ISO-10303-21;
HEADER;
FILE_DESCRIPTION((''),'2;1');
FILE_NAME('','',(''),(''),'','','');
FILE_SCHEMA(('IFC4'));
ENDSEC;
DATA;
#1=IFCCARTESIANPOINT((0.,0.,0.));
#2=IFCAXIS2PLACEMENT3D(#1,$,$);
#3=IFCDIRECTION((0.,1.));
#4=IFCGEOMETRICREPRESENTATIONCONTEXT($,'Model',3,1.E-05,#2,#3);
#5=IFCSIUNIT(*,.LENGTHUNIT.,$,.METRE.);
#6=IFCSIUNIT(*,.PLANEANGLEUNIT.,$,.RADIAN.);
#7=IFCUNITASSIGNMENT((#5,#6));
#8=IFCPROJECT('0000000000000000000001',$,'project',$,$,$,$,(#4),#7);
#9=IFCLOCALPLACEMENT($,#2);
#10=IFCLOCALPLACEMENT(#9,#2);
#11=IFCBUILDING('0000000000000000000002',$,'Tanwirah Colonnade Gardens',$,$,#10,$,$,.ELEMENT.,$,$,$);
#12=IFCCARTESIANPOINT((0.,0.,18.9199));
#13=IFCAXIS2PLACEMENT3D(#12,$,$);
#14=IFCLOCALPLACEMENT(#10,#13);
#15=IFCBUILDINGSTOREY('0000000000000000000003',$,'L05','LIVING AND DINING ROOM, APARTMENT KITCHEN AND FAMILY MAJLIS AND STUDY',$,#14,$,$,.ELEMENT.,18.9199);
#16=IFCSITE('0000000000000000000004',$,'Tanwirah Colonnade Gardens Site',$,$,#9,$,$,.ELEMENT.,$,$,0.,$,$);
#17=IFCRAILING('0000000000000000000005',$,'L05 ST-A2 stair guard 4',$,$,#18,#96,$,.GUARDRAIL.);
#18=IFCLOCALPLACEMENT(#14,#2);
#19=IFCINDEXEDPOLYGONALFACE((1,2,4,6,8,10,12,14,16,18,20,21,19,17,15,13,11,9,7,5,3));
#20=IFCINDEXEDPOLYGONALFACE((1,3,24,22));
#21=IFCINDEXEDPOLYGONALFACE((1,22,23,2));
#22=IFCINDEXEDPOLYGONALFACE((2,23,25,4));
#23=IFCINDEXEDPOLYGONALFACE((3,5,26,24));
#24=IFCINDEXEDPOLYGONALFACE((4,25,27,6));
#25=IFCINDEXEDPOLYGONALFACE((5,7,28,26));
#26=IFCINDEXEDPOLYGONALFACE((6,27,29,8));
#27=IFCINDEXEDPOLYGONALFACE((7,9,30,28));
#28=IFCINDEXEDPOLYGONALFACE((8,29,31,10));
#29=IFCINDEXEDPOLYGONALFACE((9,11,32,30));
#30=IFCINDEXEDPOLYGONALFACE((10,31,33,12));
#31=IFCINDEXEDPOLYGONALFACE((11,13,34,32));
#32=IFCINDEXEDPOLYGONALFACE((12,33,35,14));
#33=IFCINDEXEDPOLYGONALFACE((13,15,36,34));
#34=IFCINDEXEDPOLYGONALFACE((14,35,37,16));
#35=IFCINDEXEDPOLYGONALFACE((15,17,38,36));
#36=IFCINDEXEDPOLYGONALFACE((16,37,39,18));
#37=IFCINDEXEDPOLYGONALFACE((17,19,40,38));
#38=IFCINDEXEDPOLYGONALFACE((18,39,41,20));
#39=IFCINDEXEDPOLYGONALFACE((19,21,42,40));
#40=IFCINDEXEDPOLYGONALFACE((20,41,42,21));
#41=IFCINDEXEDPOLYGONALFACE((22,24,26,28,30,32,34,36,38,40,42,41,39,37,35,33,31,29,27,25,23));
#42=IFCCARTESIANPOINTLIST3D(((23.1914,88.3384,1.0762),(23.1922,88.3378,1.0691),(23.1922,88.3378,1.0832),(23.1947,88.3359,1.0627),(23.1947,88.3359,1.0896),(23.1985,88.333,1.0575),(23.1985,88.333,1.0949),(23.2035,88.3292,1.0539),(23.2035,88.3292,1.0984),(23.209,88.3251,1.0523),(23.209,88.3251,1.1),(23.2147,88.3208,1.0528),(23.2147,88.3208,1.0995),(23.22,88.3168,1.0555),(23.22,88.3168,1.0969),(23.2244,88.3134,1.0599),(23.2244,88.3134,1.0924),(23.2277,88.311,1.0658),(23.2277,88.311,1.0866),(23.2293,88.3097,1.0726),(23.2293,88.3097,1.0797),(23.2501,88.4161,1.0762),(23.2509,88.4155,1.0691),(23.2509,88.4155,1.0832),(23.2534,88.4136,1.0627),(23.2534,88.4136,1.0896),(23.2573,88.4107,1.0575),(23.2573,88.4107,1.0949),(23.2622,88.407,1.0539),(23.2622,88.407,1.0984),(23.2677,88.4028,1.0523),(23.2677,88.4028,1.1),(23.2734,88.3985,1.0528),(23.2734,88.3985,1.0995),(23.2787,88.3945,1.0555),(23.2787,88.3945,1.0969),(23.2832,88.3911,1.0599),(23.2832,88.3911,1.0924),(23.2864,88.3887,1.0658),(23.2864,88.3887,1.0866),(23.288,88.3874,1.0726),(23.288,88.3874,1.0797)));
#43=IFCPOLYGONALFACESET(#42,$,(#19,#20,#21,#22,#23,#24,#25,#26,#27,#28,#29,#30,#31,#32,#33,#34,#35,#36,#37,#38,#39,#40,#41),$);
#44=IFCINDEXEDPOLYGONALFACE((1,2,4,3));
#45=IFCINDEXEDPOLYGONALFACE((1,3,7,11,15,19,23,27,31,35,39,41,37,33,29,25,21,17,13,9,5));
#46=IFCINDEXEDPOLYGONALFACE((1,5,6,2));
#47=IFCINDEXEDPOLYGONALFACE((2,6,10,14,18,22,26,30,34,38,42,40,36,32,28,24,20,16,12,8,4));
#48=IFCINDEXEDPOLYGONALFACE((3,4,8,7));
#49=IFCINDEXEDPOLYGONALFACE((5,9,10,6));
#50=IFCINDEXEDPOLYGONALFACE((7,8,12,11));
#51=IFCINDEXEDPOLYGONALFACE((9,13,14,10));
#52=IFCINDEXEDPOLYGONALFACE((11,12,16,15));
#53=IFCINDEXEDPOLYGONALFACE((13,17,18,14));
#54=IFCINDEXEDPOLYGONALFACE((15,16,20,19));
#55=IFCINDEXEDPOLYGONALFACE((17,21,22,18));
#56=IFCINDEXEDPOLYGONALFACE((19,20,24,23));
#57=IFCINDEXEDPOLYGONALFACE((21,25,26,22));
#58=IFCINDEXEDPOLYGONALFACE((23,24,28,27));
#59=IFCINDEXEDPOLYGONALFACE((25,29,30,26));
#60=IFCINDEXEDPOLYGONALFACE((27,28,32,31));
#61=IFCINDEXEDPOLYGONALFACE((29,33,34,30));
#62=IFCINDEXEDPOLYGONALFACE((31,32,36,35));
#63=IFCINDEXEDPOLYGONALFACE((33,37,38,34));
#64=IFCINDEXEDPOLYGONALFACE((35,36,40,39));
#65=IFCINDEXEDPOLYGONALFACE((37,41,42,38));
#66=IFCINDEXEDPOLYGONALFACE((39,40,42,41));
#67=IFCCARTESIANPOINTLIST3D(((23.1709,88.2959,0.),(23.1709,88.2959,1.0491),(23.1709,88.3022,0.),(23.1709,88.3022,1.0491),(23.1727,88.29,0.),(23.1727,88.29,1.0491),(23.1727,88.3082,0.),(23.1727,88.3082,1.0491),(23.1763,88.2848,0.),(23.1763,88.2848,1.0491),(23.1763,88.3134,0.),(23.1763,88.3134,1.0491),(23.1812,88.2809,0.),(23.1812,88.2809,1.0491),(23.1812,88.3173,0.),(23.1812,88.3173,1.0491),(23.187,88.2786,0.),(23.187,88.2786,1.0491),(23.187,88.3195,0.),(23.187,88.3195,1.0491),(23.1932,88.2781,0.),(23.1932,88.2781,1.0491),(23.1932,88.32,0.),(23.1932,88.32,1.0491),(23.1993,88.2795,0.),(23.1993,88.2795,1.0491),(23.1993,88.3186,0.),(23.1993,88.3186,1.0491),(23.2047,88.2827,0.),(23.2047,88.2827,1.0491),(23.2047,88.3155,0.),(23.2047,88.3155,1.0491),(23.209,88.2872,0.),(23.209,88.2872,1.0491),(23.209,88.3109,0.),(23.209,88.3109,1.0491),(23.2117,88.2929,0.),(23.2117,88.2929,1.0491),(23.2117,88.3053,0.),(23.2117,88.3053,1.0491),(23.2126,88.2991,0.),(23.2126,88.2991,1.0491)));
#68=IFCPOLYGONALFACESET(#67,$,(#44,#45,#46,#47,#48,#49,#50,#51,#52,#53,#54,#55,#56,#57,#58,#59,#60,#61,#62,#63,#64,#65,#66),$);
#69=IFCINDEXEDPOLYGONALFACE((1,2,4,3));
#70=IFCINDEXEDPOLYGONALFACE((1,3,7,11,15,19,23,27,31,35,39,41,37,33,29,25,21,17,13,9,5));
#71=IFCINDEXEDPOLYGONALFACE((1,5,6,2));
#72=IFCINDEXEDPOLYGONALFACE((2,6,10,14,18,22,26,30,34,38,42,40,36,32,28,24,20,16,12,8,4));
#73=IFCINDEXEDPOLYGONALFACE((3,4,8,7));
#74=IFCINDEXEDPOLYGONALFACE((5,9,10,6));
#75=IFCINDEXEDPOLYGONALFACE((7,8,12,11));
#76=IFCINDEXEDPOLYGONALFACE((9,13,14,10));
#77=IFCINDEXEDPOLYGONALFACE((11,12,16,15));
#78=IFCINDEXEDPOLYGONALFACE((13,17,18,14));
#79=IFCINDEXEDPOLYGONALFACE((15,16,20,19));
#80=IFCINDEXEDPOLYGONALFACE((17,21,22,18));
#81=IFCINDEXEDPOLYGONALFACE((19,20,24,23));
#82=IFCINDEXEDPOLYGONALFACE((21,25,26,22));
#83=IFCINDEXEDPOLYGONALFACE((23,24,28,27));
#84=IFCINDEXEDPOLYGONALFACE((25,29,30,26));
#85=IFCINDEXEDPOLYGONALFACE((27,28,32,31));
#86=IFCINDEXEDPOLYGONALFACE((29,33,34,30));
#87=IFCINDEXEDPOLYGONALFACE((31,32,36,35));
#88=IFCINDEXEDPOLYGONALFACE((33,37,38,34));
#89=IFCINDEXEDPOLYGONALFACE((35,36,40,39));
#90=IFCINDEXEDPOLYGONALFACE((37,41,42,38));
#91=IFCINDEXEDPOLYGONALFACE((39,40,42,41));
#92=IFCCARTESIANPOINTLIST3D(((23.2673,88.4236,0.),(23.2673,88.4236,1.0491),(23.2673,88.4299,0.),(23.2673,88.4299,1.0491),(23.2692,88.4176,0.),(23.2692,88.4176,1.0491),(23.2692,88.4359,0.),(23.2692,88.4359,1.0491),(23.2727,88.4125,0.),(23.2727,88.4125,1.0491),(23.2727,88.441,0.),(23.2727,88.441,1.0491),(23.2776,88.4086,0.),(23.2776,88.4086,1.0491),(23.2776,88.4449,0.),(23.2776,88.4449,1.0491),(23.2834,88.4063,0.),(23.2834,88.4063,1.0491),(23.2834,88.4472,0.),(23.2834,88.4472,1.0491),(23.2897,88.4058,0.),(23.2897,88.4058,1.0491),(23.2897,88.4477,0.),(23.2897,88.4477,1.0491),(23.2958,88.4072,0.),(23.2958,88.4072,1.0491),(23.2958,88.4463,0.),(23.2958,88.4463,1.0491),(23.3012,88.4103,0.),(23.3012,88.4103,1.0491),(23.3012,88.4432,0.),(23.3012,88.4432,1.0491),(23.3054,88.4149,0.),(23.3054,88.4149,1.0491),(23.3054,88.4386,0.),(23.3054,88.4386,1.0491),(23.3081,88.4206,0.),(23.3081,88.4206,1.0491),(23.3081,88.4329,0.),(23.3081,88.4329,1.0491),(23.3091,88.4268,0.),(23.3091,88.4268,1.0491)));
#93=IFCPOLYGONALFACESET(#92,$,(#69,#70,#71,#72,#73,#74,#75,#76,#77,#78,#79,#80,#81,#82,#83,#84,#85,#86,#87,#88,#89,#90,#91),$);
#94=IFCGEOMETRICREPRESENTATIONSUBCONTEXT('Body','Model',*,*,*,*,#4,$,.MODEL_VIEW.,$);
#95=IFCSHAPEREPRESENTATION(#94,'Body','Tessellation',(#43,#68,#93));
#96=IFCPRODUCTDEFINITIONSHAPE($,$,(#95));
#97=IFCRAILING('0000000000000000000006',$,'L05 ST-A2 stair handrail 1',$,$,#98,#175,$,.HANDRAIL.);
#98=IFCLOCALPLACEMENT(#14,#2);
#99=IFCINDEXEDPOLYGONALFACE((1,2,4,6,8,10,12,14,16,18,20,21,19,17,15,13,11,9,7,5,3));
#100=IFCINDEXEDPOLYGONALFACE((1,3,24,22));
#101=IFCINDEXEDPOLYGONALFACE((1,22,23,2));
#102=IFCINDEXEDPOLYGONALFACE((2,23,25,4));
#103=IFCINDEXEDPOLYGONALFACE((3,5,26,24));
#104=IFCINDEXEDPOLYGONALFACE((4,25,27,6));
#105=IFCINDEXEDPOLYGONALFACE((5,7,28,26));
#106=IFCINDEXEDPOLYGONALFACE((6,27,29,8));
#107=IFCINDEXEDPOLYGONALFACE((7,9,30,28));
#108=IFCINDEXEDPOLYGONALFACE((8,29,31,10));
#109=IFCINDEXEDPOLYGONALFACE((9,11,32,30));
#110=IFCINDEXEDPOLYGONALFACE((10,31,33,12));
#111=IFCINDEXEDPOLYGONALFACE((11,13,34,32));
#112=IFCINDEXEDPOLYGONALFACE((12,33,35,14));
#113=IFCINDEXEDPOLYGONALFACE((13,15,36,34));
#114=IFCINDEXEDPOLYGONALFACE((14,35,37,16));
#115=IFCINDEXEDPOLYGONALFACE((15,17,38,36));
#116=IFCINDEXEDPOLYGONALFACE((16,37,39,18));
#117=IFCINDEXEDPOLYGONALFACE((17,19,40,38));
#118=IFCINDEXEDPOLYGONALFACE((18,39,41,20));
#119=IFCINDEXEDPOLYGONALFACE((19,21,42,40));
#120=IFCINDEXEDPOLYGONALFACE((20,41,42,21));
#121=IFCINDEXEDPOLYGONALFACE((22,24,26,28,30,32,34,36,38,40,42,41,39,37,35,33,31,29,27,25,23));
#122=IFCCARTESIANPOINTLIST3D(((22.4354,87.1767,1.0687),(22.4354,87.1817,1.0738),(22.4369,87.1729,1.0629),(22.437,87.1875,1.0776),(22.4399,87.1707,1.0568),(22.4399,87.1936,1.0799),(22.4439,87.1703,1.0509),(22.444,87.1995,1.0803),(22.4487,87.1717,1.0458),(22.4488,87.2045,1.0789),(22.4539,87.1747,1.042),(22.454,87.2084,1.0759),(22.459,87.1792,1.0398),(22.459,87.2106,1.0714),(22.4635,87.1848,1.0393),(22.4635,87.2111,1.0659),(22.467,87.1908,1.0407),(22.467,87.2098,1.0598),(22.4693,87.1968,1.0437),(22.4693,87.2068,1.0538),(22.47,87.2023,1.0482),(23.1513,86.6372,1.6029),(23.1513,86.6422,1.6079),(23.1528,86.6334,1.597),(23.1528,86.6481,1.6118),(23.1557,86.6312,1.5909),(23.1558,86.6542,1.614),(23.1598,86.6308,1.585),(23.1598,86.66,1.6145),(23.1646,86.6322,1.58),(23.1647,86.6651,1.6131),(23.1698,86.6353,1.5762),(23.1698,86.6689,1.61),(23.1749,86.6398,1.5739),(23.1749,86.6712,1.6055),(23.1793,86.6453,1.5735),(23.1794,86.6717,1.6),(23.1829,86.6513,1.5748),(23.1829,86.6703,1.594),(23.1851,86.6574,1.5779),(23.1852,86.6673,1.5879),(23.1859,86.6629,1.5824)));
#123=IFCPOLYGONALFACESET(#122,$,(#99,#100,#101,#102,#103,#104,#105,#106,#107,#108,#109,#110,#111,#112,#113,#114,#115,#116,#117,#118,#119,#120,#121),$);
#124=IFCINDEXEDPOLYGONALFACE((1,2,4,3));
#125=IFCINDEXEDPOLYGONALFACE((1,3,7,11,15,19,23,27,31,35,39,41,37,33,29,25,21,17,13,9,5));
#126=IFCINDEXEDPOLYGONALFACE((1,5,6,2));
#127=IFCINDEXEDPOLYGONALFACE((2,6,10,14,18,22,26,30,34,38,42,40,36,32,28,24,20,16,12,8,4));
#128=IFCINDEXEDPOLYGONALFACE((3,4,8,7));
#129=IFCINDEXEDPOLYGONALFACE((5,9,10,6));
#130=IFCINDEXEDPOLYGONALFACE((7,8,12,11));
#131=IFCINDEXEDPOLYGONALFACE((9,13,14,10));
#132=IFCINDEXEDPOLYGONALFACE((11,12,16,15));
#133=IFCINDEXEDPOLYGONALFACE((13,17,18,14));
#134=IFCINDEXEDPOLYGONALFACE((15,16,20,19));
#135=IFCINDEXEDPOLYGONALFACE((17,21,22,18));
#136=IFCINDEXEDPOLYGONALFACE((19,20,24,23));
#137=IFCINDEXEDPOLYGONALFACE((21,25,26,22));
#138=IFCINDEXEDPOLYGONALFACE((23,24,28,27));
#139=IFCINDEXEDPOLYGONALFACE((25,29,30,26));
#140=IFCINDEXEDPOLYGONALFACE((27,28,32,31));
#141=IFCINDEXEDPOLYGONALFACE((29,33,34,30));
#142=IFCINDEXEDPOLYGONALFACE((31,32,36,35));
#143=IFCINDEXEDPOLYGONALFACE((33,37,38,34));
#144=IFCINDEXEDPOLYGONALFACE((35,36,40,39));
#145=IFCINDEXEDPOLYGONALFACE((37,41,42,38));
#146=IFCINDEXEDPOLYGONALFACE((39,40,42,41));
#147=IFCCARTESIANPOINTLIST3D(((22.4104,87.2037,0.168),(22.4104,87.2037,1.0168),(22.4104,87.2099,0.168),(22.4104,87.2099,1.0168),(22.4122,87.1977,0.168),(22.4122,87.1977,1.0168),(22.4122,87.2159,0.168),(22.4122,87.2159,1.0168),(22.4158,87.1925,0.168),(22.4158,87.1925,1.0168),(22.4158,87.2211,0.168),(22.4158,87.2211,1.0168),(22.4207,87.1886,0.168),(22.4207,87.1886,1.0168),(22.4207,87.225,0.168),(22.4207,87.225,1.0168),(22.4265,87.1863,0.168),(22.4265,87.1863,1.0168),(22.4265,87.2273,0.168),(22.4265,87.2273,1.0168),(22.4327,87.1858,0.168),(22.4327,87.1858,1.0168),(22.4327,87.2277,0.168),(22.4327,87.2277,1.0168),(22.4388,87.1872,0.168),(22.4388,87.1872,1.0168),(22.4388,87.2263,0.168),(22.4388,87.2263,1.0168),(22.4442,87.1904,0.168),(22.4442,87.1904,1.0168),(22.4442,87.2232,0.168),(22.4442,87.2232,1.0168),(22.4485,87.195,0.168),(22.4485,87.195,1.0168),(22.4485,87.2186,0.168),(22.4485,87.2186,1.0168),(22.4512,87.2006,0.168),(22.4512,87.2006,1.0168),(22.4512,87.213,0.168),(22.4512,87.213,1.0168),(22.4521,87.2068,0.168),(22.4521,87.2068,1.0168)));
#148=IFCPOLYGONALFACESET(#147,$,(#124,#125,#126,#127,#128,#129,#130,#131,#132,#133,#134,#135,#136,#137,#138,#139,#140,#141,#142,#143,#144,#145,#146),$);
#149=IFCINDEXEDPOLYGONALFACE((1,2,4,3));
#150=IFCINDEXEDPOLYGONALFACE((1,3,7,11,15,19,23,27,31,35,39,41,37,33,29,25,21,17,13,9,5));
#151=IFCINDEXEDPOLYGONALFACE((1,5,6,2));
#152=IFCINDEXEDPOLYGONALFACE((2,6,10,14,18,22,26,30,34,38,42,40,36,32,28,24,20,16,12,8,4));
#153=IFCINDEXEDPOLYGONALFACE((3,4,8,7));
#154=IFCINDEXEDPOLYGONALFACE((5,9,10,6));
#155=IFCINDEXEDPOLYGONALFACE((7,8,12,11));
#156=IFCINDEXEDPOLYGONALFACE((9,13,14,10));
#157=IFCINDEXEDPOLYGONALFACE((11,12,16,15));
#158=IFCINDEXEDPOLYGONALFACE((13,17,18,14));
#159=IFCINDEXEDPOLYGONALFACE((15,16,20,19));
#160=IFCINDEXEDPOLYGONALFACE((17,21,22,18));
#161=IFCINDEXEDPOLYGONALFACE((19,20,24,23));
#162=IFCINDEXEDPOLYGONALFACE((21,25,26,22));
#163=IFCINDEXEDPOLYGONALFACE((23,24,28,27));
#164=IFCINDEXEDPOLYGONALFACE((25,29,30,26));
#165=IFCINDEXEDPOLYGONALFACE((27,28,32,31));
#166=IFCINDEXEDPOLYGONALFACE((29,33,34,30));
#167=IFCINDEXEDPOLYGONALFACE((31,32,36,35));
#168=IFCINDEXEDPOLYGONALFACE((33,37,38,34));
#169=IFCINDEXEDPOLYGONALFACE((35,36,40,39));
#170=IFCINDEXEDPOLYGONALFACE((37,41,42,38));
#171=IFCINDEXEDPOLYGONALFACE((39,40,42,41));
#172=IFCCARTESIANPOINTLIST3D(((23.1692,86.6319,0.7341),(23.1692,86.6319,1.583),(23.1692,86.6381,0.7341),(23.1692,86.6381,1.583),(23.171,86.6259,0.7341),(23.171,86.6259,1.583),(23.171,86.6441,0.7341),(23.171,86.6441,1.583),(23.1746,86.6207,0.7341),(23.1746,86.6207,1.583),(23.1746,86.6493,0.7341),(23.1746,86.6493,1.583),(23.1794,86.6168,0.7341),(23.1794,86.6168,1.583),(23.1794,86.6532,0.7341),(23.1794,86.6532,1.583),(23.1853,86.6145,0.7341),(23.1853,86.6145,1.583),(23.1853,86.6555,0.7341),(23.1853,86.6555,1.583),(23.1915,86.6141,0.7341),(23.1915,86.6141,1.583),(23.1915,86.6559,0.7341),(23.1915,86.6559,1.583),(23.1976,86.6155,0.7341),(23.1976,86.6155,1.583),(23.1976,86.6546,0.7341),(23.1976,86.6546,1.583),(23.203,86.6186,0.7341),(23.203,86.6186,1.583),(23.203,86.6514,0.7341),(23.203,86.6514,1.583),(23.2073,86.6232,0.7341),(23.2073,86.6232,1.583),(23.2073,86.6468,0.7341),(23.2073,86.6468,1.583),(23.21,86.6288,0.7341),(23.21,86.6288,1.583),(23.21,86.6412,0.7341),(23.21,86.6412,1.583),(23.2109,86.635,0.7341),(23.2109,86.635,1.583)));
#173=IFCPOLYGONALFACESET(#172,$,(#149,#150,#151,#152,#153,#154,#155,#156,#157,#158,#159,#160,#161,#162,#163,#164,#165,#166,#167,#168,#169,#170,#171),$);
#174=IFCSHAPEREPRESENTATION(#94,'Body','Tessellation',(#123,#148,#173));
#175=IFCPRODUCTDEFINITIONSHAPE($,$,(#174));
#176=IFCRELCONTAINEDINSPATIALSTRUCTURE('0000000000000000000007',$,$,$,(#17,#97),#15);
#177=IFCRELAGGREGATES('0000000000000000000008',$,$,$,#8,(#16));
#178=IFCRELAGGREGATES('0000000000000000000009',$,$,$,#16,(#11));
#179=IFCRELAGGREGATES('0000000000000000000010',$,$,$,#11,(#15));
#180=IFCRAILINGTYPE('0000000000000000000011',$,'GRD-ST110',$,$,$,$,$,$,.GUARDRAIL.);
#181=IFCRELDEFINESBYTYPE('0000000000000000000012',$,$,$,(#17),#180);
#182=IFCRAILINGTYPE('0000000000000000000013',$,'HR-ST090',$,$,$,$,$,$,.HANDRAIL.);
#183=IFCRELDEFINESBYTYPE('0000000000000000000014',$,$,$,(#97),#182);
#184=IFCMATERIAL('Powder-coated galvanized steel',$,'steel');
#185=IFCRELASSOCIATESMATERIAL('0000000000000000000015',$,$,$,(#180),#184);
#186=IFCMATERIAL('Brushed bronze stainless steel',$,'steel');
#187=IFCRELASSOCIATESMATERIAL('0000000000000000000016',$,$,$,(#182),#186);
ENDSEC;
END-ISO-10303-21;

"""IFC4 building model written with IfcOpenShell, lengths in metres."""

from ifc_helpers import new_model, si_unit, direction, frame, origin, origin_2d, place, context, subcontext, project, spatial, circle, extrude, material, type_object, element, save


model = new_model("IFC4")

# Units and contexts
model_context = context("Model", 3, precision=1e-05, world=origin(), true_north=direction((0.0, 1.0)))
body_context = subcontext(model_context, "Body", "Model", "MODEL_VIEW")
ifc_project = project(units=[si_unit("LENGTHUNIT", "METRE"), si_unit("PLANEANGLEUNIT", "RADIAN")], contexts=[model_context])

# Site, building, storey
site_placement = place(None, origin())
site = spatial("IfcSite", under=ifc_project, at=site_placement, Name="Tanwirah Colonnade Gardens Site", CompositionType="ELEMENT", RefElevation=0.0)
building_placement = place(site_placement, origin())
building = spatial("IfcBuilding", under=site, at=building_placement, Name="Tanwirah Colonnade Gardens", CompositionType="ELEMENT")
storey_placement = place(building_placement, frame((0.0, 0.0, 18.9199)))
storey = spatial("IfcBuildingStorey", under=building, at=storey_placement, Name="L05", Description="LIVING AND DINING ROOM, APARTMENT KITCHEN AND FAMILY MAJLIS AND STUDY", CompositionType="ELEMENT", Elevation=18.9199)

# Railings
ifc_material_1 = material(Name="Powder-coated galvanized steel", Category="steel")
railing_type_1 = type_object("IfcRailingType", Name="GRD-ST110", PredefinedType="GUARDRAIL", material=ifc_material_1)
railing_1_placement = place(storey_placement, frame((23.1917, 88.2991, 0.0)))
element("IfcRailing", 1, at=railing_1_placement, inside=storey, type_object=railing_type_1, Name="L05 ST-A2 stair guard 4", PredefinedType="GUARDRAIL", context=body_context, shape_type="SweptSolid", body=[
    extrude(circle(Radius=0.0239, at=origin_2d()), frame((0.0188, 0.0249, 1.0762), z_axis=(0.602682, 0.797981, 0.0), x_axis=(-0.797981, 0.602682, 0.0)), (0.0, 0.0, 1.0), 0.0974),
    extrude(circle(Radius=0.021, at=origin_2d()), origin(), (0.0, 0.0, 1.0), 1.0491),
    extrude(circle(Radius=0.021, at=origin_2d()), frame((0.0964, 0.1277, 0.0)), (0.0, 0.0, 1.0), 1.0491),
])
ifc_material_2 = material(Name="Brushed bronze stainless steel", Category="steel")
railing_type_2 = type_object("IfcRailingType", Name="HR-ST090", PredefinedType="HANDRAIL", material=ifc_material_2)
railing_2_placement = place(storey_placement, frame((22.4312, 87.2068, 0.168)))
element("IfcRailing", 2, at=railing_2_placement, inside=storey, type_object=railing_type_2, Name="L05 ST-A2 stair handrail 1", PredefinedType="HANDRAIL", context=body_context, shape_type="SweptSolid", body=[
    extrude(circle(Radius=0.0239, at=origin_2d()), frame((0.0215, -0.0161, 0.8918), z_axis=(0.686068, -0.516979, 0.511902), x_axis=(0.601807, 0.798641, 0.0)), (0.0, 0.0, 1.0), 1.0435),
    extrude(circle(Radius=0.021, at=origin_2d()), origin(), (0.0, 0.0, 1.0), 0.8489),
    extrude(circle(Radius=0.021, at=origin_2d()), frame((0.7588, -0.5718, 0.5662)), (0.0, 0.0, 1.0), 0.8489),
])

save(model, "model.ifc")
